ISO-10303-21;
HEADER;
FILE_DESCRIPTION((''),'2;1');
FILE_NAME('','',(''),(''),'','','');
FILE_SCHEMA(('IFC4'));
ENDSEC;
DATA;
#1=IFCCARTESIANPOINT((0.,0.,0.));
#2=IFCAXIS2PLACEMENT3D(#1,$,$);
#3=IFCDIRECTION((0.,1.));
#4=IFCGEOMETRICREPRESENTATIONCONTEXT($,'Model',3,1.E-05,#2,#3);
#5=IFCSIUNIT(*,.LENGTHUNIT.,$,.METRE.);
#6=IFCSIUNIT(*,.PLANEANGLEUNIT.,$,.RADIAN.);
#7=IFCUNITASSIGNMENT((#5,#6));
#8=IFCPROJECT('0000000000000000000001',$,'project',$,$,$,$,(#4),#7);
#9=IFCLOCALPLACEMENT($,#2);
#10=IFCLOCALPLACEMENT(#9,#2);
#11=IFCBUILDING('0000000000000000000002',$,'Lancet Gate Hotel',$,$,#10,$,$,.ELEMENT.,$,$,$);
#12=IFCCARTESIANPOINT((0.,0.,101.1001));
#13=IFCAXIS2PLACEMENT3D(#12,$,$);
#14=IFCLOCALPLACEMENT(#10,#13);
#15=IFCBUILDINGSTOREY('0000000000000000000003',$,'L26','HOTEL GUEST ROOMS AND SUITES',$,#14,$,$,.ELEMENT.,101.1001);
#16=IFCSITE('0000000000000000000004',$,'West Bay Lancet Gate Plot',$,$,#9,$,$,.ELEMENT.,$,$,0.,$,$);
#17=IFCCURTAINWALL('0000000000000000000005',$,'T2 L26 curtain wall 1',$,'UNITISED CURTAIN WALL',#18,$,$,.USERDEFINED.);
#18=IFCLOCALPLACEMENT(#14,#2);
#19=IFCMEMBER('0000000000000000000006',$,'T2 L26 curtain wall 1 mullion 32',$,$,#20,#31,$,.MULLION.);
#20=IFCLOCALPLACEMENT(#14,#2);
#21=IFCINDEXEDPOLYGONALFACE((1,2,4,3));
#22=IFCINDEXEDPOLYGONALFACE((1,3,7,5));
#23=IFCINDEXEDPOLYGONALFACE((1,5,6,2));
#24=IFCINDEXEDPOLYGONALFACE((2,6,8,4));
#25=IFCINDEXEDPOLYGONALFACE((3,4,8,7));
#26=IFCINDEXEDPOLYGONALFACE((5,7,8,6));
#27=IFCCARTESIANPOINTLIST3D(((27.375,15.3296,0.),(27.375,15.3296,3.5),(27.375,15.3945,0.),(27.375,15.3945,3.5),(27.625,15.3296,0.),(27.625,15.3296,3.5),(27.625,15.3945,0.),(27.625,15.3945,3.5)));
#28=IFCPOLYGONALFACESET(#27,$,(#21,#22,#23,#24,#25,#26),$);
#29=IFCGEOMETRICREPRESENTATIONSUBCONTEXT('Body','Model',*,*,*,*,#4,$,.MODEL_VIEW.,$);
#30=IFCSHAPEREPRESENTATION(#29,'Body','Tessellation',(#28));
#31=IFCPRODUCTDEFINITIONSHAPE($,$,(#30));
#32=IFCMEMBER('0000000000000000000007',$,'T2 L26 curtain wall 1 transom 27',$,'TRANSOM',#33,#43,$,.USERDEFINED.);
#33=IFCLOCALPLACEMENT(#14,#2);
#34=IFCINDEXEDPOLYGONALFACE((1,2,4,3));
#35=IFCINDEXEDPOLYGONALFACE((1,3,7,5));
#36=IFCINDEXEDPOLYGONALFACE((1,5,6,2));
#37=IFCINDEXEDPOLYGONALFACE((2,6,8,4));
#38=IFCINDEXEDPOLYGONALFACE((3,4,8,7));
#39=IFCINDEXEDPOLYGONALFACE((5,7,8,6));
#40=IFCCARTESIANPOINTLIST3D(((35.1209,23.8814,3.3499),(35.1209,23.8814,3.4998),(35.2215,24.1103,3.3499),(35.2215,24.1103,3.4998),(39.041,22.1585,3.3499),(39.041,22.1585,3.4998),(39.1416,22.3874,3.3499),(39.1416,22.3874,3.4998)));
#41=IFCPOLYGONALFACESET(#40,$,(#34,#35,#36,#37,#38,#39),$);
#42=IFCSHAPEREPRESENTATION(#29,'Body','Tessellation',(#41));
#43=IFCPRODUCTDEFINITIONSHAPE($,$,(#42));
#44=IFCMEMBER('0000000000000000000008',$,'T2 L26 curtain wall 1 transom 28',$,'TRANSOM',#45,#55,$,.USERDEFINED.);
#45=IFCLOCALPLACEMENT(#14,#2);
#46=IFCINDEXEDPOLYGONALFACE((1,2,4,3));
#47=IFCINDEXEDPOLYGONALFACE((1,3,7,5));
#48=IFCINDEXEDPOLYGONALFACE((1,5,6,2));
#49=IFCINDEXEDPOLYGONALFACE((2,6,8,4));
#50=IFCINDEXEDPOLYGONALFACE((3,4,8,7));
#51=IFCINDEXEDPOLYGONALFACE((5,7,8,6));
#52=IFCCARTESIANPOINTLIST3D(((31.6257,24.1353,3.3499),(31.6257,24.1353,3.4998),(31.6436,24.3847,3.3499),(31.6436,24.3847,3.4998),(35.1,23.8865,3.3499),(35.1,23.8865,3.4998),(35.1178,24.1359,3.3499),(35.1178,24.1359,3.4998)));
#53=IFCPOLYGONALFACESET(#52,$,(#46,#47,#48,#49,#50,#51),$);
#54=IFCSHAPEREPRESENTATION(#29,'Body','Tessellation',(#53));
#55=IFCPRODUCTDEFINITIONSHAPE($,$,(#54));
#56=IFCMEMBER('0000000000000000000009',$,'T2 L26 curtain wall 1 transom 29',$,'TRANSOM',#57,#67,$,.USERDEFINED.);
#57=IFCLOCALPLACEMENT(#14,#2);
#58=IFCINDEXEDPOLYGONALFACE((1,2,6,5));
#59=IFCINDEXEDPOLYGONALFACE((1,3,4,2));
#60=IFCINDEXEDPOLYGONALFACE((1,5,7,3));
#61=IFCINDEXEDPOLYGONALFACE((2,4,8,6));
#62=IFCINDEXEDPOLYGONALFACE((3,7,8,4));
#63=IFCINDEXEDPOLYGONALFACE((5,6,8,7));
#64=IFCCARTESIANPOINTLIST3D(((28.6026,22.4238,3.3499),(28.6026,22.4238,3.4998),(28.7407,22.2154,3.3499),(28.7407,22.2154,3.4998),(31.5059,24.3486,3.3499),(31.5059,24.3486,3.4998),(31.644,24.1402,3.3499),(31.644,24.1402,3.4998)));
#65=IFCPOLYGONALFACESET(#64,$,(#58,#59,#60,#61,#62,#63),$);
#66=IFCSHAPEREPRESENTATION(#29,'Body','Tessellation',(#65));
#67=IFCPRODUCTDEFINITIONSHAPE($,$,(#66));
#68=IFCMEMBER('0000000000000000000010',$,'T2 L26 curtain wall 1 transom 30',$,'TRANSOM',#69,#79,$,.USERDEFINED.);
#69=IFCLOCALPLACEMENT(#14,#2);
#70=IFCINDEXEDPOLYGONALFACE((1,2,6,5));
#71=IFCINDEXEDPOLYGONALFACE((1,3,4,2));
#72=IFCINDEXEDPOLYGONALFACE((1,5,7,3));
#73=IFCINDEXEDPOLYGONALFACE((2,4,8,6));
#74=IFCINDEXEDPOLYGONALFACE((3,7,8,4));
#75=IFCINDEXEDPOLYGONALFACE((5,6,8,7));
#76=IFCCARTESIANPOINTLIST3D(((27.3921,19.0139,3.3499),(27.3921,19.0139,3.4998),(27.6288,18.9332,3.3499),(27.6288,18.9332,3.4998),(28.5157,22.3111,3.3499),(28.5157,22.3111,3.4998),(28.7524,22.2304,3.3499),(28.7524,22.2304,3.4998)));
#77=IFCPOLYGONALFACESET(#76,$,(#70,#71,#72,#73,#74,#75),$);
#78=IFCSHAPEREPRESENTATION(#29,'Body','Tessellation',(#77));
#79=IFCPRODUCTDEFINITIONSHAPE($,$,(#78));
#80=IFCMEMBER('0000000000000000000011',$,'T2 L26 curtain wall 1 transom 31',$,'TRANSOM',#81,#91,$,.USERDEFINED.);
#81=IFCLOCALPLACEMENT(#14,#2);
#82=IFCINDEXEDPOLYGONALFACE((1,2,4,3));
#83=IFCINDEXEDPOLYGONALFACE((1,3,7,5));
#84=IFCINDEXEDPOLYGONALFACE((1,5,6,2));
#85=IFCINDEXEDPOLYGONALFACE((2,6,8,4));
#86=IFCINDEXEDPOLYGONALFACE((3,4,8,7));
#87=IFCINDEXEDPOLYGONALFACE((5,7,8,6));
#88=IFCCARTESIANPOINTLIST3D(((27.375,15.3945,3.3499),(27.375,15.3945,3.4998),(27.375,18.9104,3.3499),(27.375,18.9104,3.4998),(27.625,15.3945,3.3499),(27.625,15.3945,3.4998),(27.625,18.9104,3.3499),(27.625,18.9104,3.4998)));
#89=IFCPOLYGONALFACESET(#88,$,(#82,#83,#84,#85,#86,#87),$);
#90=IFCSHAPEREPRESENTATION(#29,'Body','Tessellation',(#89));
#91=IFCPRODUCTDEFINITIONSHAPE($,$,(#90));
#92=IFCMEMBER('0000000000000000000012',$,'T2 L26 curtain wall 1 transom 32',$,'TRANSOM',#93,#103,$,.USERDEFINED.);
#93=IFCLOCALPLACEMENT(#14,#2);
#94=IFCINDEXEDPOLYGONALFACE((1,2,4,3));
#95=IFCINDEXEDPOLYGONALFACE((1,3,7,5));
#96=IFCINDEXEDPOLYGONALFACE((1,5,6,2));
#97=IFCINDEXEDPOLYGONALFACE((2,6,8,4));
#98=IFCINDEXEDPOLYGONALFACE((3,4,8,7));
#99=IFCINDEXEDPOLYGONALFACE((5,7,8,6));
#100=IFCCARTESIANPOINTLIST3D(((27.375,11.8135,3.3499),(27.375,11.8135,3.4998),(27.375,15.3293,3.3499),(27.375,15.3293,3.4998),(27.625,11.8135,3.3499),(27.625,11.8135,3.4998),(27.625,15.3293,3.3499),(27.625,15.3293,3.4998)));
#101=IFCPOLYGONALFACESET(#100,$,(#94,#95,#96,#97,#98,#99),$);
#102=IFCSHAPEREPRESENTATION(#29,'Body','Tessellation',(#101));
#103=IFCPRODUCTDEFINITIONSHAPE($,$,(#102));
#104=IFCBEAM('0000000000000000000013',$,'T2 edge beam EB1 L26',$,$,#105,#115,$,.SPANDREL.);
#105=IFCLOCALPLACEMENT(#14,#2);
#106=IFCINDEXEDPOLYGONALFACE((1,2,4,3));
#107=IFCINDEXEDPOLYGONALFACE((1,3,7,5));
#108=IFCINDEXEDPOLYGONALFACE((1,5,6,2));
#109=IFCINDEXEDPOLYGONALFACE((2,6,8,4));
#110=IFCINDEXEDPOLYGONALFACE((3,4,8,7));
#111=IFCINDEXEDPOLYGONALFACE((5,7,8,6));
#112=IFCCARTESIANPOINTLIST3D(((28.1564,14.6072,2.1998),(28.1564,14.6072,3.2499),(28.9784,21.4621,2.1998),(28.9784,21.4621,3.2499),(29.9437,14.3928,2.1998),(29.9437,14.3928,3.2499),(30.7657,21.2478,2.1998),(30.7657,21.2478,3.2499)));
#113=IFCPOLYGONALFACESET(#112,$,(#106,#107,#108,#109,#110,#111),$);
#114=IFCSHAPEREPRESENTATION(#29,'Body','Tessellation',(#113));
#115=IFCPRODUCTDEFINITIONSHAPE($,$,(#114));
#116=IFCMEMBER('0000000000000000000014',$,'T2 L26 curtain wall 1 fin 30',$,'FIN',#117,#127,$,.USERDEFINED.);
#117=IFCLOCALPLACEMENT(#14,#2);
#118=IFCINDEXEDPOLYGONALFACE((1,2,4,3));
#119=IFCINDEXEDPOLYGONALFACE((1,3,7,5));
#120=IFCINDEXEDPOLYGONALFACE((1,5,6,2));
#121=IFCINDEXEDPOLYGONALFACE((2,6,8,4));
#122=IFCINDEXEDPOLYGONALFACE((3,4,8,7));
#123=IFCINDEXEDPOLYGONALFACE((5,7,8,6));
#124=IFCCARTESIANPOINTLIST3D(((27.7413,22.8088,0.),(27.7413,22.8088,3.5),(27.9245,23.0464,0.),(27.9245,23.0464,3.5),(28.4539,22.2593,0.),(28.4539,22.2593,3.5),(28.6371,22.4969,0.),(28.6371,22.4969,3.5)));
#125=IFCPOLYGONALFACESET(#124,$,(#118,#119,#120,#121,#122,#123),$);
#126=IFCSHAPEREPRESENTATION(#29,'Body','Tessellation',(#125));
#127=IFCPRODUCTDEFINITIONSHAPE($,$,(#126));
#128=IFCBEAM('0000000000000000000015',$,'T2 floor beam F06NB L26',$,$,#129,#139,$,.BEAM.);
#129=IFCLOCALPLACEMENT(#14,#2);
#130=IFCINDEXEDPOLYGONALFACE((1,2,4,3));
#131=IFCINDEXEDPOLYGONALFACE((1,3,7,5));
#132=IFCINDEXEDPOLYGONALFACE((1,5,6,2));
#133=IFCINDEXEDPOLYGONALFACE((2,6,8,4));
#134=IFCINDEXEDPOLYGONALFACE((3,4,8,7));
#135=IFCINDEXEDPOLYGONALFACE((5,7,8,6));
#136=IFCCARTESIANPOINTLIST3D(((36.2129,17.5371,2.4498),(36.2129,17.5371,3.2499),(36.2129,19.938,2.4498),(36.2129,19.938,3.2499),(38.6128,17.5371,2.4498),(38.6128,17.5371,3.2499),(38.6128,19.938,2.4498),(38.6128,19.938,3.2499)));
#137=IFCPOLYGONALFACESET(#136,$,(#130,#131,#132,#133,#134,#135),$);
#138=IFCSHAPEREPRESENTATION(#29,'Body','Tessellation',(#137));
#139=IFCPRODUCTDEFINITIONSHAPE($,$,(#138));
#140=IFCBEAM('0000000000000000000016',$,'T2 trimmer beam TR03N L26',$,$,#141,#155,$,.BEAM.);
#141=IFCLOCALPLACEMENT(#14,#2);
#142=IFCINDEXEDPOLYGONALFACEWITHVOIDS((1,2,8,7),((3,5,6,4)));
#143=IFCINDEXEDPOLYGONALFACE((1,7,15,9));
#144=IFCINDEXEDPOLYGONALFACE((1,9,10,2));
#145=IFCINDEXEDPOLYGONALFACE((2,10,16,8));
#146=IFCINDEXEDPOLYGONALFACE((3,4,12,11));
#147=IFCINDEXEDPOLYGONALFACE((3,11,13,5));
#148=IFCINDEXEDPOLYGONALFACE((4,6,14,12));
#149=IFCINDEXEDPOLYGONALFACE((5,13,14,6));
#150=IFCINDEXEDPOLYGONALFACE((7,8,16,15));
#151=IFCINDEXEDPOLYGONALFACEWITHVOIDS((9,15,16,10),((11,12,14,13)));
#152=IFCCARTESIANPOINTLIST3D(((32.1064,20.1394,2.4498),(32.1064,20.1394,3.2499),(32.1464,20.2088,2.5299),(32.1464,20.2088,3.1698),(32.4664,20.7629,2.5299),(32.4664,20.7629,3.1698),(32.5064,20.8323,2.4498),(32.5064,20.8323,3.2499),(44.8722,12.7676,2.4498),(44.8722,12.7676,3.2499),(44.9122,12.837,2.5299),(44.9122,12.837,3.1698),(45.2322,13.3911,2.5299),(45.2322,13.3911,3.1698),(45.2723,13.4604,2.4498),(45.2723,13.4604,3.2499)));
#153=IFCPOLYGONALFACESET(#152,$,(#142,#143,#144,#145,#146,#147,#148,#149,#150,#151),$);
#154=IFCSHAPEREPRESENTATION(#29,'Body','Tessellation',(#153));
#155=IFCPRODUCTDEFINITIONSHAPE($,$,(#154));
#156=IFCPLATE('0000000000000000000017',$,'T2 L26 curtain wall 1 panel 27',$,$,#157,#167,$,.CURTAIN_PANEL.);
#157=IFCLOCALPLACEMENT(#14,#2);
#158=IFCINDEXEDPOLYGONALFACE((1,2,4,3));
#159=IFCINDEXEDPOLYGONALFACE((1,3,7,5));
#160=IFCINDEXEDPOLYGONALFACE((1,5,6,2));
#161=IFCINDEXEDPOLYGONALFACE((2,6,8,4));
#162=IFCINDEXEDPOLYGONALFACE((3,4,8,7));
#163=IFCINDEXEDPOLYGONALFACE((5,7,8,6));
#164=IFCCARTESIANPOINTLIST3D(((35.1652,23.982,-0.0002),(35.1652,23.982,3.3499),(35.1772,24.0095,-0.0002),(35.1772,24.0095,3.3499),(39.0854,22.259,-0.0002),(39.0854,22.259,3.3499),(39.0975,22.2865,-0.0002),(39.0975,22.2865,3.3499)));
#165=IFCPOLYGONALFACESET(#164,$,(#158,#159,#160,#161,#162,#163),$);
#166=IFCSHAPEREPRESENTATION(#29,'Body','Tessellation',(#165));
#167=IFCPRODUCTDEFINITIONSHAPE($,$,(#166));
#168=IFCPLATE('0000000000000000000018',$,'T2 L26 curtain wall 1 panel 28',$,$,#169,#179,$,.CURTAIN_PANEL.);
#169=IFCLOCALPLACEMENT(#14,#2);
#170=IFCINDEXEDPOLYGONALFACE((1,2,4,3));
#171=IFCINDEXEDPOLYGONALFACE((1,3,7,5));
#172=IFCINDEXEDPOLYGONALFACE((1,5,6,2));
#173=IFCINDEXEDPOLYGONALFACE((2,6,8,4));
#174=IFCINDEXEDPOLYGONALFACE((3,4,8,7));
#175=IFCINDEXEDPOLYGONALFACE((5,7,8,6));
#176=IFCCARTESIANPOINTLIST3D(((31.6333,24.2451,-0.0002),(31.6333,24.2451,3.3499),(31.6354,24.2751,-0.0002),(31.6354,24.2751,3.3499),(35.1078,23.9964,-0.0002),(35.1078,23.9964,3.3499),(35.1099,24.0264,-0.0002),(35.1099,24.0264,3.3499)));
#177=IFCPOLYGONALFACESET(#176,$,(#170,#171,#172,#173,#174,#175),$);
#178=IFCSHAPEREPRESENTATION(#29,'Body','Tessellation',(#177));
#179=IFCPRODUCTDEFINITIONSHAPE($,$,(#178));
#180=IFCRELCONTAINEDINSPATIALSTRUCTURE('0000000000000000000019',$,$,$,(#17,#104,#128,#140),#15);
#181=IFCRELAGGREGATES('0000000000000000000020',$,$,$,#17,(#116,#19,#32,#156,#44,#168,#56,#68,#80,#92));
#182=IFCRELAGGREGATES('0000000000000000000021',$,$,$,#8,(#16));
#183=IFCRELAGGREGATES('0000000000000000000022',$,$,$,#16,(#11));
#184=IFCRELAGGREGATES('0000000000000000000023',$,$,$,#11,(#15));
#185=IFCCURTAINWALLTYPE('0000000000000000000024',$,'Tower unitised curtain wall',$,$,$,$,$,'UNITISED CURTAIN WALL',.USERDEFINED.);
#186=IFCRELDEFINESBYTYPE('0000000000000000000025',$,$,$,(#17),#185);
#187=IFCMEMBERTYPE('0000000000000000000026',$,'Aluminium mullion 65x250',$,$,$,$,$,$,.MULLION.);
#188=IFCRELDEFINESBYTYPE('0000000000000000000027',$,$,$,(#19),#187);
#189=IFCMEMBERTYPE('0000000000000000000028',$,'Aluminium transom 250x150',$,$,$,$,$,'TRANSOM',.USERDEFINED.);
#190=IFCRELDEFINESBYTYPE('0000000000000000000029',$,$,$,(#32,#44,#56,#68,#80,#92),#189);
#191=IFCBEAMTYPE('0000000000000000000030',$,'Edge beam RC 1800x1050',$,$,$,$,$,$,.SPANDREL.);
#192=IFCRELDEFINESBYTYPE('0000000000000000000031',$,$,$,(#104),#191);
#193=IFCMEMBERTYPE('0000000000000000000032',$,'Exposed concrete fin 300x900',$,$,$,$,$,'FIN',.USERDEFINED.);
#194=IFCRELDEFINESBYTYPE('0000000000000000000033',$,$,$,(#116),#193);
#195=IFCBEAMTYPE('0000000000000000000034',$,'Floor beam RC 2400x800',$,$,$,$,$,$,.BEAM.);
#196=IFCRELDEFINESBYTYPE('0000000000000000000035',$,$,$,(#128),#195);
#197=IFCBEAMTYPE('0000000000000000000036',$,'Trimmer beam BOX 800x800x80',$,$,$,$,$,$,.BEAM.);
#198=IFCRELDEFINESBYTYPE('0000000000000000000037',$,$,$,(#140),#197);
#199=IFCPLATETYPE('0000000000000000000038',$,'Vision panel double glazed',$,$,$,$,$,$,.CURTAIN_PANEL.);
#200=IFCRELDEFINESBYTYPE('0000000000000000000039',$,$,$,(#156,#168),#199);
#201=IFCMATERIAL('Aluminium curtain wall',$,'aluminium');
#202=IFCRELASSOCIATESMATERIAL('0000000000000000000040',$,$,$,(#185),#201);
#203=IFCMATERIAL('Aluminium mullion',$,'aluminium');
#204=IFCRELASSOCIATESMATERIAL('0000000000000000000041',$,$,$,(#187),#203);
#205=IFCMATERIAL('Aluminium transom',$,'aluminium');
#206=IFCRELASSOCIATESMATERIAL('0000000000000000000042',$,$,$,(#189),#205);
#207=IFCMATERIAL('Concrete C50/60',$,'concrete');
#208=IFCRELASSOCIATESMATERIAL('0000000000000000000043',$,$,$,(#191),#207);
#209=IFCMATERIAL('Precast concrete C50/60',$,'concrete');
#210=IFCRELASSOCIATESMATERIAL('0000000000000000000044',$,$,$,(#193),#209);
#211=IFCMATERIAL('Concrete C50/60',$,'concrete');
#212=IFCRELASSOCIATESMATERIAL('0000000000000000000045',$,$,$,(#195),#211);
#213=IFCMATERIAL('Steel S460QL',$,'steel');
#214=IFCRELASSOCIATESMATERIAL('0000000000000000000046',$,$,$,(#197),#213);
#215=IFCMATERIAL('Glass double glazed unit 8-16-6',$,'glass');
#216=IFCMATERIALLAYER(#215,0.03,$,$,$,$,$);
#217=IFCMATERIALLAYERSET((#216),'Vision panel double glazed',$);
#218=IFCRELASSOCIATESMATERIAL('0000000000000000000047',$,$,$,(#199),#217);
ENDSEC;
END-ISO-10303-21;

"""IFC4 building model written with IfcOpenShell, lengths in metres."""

from ifc_helpers import new_model, si_unit, direction, frame, origin, origin_2d, place, context, subcontext, project, spatial, rectangle, hollow_rectangle, extrude, material, layer, layer_set, material_profile, profile_set, type_object, element, aggregate, save


model = new_model("IFC4")

# Units and contexts
model_context = context("Model", 3, precision=1e-05, world=origin(), true_north=direction((0.0, 1.0)))
body_context = subcontext(model_context, "Body", "Model", "MODEL_VIEW")
ifc_project = project(units=[si_unit("LENGTHUNIT", "METRE"), si_unit("PLANEANGLEUNIT", "RADIAN")], contexts=[model_context])

# Site, building, storey
site_placement = place(None, origin())
site = spatial("IfcSite", under=ifc_project, at=site_placement, Name="West Bay Lancet Gate Plot", CompositionType="ELEMENT", RefElevation=0.0)
building_placement = place(site_placement, origin())
building = spatial("IfcBuilding", under=site, at=building_placement, Name="Lancet Gate Hotel", CompositionType="ELEMENT")
storey_placement = place(building_placement, frame((0.0, 0.0, 101.1001)))
storey = spatial("IfcBuildingStorey", under=building, at=storey_placement, Name="L26", Description="HOTEL GUEST ROOMS AND SUITES", CompositionType="ELEMENT", Elevation=101.1001)

# Curtain wall, members
ifc_material_1 = material(Name="Aluminium curtain wall", Category="aluminium")
curtain_wall_type = type_object("IfcCurtainWallType", Name="Tower unitised curtain wall", ElementType="UNITISED CURTAIN WALL", PredefinedType="USERDEFINED", material=ifc_material_1)
curtain_wall_placement = place(storey_placement, origin())
curtain_wall = element("IfcCurtainWall", 1, at=curtain_wall_placement, inside=storey, type_object=curtain_wall_type, Name="T2 L26 curtain wall 1", ObjectType="UNITISED CURTAIN WALL", PredefinedType="USERDEFINED")
ifc_material_2 = material(Name="Aluminium mullion", Category="aluminium")
ifc_material_profile_1 = material_profile(ifc_material_2, rectangle(XDim=0.0649, YDim=0.25, at=origin_2d()), Name="MULLION 65x250")
ifc_profile_set_1 = profile_set([ifc_material_profile_1], Name="Aluminium mullion")
member_type_1 = type_object("IfcMemberType", Name="Aluminium mullion 65x250", PredefinedType="MULLION", material=ifc_profile_set_1)
member_1_placement = place(storey_placement, frame((27.5, 15.3621, 0.0), z_axis=(0.0, 0.0, 1.0), x_axis=(0.0, -1.0, 0.0)))
member_1 = element("IfcMember", 2, at=member_1_placement, type_object=member_type_1, Name="T2 L26 curtain wall 1 mullion 32", PredefinedType="MULLION", context=body_context, shape_type="SweptSolid", body=[
    extrude(rectangle(XDim=0.0649, YDim=0.25, at=origin_2d()), origin(), (0.0, 0.0, 1.0), 3.5),
])
ifc_material_3 = material(Name="Aluminium transom", Category="aluminium")
ifc_material_profile_2 = material_profile(ifc_material_3, rectangle(XDim=0.25, YDim=0.1499, at=origin_2d()), Name="TRANSOM 250x150")
ifc_profile_set_2 = profile_set([ifc_material_profile_2], Name="Aluminium transom")
member_type_2 = type_object("IfcMemberType", Name="Aluminium transom 250x150", ElementType="TRANSOM", PredefinedType="USERDEFINED", material=ifc_profile_set_2)
member_2_placement = place(storey_placement, frame((39.0913, 22.2729, 3.4248), z_axis=(-0.915485, 0.402353, 0.0), x_axis=(-0.402353, -0.915485, 0.0)))
member_2 = element("IfcMember", 3, at=member_2_placement, type_object=member_type_2, Name="T2 L26 curtain wall 1 transom 27", ObjectType="TRANSOM", PredefinedType="USERDEFINED", context=body_context, shape_type="SweptSolid", body=[
    extrude(rectangle(XDim=0.25, YDim=0.1499, at=origin_2d()), origin(), (0.0, 0.0, 1.0), 4.282),
])
member_3_placement = place(storey_placement, frame((35.1089, 24.0112, 3.4248), z_axis=(-0.997446, 0.071421, 0.0), x_axis=(-0.071421, -0.997446, 0.0)))
member_3 = element("IfcMember", 4, at=member_3_placement, type_object=member_type_2, Name="T2 L26 curtain wall 1 transom 28", ObjectType="TRANSOM", PredefinedType="USERDEFINED", context=body_context, shape_type="SweptSolid", body=[
    extrude(rectangle(XDim=0.25, YDim=0.1499, at=origin_2d()), origin(), (0.0, 0.0, 1.0), 3.4832),
])
member_4_placement = place(storey_placement, frame((31.575, 24.2444, 3.4248), z_axis=(-0.833471, -0.552563, 0.0), x_axis=(0.552563, -0.833471, 0.0)))
member_4 = element("IfcMember", 5, at=member_4_placement, type_object=member_type_2, Name="T2 L26 curtain wall 1 transom 29", ObjectType="TRANSOM", PredefinedType="USERDEFINED", context=body_context, shape_type="SweptSolid", body=[
    extrude(rectangle(XDim=0.25, YDim=0.1499, at=origin_2d()), origin(), (0.0, 0.0, 1.0), 3.4834),
])
member_5_placement = place(storey_placement, frame((28.634, 22.2708, 3.4248), z_axis=(-0.32255, -0.946553, 0.0), x_axis=(0.946553, -0.32255, 0.0)))
member_5 = element("IfcMember", 6, at=member_5_placement, type_object=member_type_2, Name="T2 L26 curtain wall 1 transom 30", ObjectType="TRANSOM", PredefinedType="USERDEFINED", context=body_context, shape_type="SweptSolid", body=[
    extrude(rectangle(XDim=0.25, YDim=0.1499, at=origin_2d()), origin(), (0.0, 0.0, 1.0), 3.4834),
])
member_6_placement = place(storey_placement, frame((27.5, 18.9104, 3.4248), z_axis=(0.0, -1.0, 0.0), x_axis=(1.0, 0.0, 0.0)))
member_6 = element("IfcMember", 7, at=member_6_placement, type_object=member_type_2, Name="T2 L26 curtain wall 1 transom 31", ObjectType="TRANSOM", PredefinedType="USERDEFINED", context=body_context, shape_type="SweptSolid", body=[
    extrude(rectangle(XDim=0.25, YDim=0.1499, at=origin_2d()), origin(), (0.0, 0.0, 1.0), 3.5159),
])
member_7_placement = place(storey_placement, frame((27.5, 15.3293, 3.4248), z_axis=(0.0, -1.0, 0.0), x_axis=(1.0, 0.0, 0.0)))
member_7 = element("IfcMember", 8, at=member_7_placement, type_object=member_type_2, Name="T2 L26 curtain wall 1 transom 32", ObjectType="TRANSOM", PredefinedType="USERDEFINED", context=body_context, shape_type="SweptSolid", body=[
    extrude(rectangle(XDim=0.25, YDim=0.1499, at=origin_2d()), origin(), (0.0, 0.0, 1.0), 3.5159),
])

# Beam
ifc_material_4 = material(Name="Concrete C50/60", Category="concrete")
ifc_material_profile_3 = material_profile(ifc_material_4, rectangle(XDim=1.8, YDim=1.05, at=origin_2d()), Name="RC 1800x1050")
ifc_profile_set_3 = profile_set([ifc_material_profile_3], Name="Concrete C50/60")
beam_type_1 = type_object("IfcBeamType", Name="Edge beam RC 1800x1050", PredefinedType="SPANDREL", material=ifc_profile_set_3)
beam_1_placement = place(storey_placement, frame((29.05, 14.5, 2.7249), z_axis=(0.119063, 0.992887, 0.0), x_axis=(-0.992887, 0.119063, 0.0)))
element("IfcBeam", 9, at=beam_1_placement, inside=storey, type_object=beam_type_1, Name="T2 edge beam EB1 L26", PredefinedType="SPANDREL", context=body_context, shape_type="SweptSolid", body=[
    extrude(rectangle(XDim=1.8, YDim=1.05, at=origin_2d()), origin(), (0.0, 0.0, 1.0), 6.9041),
])

# Member
ifc_material_5 = material(Name="Precast concrete C50/60", Category="concrete")
ifc_material_profile_4 = material_profile(ifc_material_5, rectangle(XDim=0.3, YDim=0.8999, at=origin_2d()), Name="FIN 300x900")
ifc_profile_set_4 = profile_set([ifc_material_profile_4], Name="Precast concrete C50/60")
member_type_3 = type_object("IfcMemberType", Name="Exposed concrete fin 300x900", ElementType="FIN", PredefinedType="USERDEFINED", material=ifc_profile_set_4)
member_8_placement = place(storey_placement, frame((28.1892, 22.6528, 0.0), z_axis=(0.0, 0.0, 1.0), x_axis=(-0.610664, -0.79189, 0.0)))
member_8 = element("IfcMember", 10, at=member_8_placement, type_object=member_type_3, Name="T2 L26 curtain wall 1 fin 30", ObjectType="FIN", PredefinedType="USERDEFINED", context=body_context, shape_type="SweptSolid", body=[
    extrude(rectangle(XDim=0.3, YDim=0.8999, at=origin_2d()), origin(), (0.0, 0.0, 1.0), 3.5),
])

# Beams
ifc_material_6 = material(Name="Concrete C50/60", Category="concrete")
ifc_material_profile_5 = material_profile(ifc_material_6, rectangle(XDim=2.3999, YDim=0.8, at=origin_2d()), Name="RC 2400x800")
ifc_profile_set_5 = profile_set([ifc_material_profile_5], Name="Concrete C50/60")
beam_type_2 = type_object("IfcBeamType", Name="Floor beam RC 2400x800", PredefinedType="BEAM", material=ifc_profile_set_5)
beam_2_placement = place(storey_placement, frame((37.4128, 17.5371, 2.8499), z_axis=(0.0, 1.0, 0.0), x_axis=(-1.0, 0.0, 0.0)))
element("IfcBeam", 11, at=beam_2_placement, inside=storey, type_object=beam_type_2, Name="T2 floor beam F06NB L26", PredefinedType="BEAM", context=body_context, shape_type="SweptSolid", body=[
    extrude(rectangle(XDim=2.3999, YDim=0.8, at=origin_2d()), origin(), (0.0, 0.0, 1.0), 2.4009),
])
ifc_material_7 = material(Name="Steel S460QL", Category="steel")
ifc_material_profile_6 = material_profile(ifc_material_7, hollow_rectangle(XDim=0.8, YDim=0.8, WallThickness=0.0801, at=origin_2d()), Name="BOX 800x800x80")
ifc_profile_set_6 = profile_set([ifc_material_profile_6], Name="Steel S460QL")
beam_type_3 = type_object("IfcBeamType", Name="Trimmer beam BOX 800x800x80", PredefinedType="BEAM", material=ifc_profile_set_6)
beam_3_placement = place(storey_placement, frame((32.3064, 20.4858, 2.8499), z_axis=(0.865983, -0.500074, 0.0), x_axis=(0.500074, 0.865983, 0.0)))
element("IfcBeam", 12, at=beam_3_placement, inside=storey, type_object=beam_type_3, Name="T2 trimmer beam TR03N L26", PredefinedType="BEAM", context=body_context, shape_type="SweptSolid", body=[
    extrude(hollow_rectangle(XDim=0.8, YDim=0.8, WallThickness=0.0801, at=origin_2d()), origin(), (0.0, 0.0, 1.0), 14.7415),
])

# Plates
ifc_material_8 = material(Name="Glass double glazed unit 8-16-6", Category="glass")
ifc_layer_1 = layer(ifc_material_8, 0.03)
ifc_layer_set_1 = layer_set([ifc_layer_1], Name="Vision panel double glazed")
plate_type = type_object("IfcPlateType", Name="Vision panel double glazed", PredefinedType="CURTAIN_PANEL", material=ifc_layer_set_1)
plate_1_placement = place(storey_placement, frame((37.1313, 23.1343, -0.0002), z_axis=(0.0, 0.0, 1.0), x_axis=(-0.915479, 0.402367, 0.0)))
plate_1 = element("IfcPlate", 13, at=plate_1_placement, type_object=plate_type, Name="T2 L26 curtain wall 1 panel 27", PredefinedType="CURTAIN_PANEL", context=body_context, shape_type="SweptSolid", body=[
    extrude(rectangle(XDim=4.2822, YDim=0.03, at=origin_2d()), origin(), (0.0, 0.0, 1.0), 3.3501),
])
plate_2_placement = place(storey_placement, frame((33.3716, 24.1357, -0.0002), z_axis=(0.0, 0.0, 1.0), x_axis=(-0.997448, 0.07139, 0.0)))
plate_2 = element("IfcPlate", 14, at=plate_2_placement, type_object=plate_type, Name="T2 L26 curtain wall 1 panel 28", PredefinedType="CURTAIN_PANEL", context=body_context, shape_type="SweptSolid", body=[
    extrude(rectangle(XDim=3.4834, YDim=0.03, at=origin_2d()), origin(), (0.0, 0.0, 1.0), 3.3501),
])
aggregate(curtain_wall, [member_8, member_1, member_2, plate_1, member_3, plate_2, member_4, member_5, member_6, member_7])

save(model, "model.ifc")
